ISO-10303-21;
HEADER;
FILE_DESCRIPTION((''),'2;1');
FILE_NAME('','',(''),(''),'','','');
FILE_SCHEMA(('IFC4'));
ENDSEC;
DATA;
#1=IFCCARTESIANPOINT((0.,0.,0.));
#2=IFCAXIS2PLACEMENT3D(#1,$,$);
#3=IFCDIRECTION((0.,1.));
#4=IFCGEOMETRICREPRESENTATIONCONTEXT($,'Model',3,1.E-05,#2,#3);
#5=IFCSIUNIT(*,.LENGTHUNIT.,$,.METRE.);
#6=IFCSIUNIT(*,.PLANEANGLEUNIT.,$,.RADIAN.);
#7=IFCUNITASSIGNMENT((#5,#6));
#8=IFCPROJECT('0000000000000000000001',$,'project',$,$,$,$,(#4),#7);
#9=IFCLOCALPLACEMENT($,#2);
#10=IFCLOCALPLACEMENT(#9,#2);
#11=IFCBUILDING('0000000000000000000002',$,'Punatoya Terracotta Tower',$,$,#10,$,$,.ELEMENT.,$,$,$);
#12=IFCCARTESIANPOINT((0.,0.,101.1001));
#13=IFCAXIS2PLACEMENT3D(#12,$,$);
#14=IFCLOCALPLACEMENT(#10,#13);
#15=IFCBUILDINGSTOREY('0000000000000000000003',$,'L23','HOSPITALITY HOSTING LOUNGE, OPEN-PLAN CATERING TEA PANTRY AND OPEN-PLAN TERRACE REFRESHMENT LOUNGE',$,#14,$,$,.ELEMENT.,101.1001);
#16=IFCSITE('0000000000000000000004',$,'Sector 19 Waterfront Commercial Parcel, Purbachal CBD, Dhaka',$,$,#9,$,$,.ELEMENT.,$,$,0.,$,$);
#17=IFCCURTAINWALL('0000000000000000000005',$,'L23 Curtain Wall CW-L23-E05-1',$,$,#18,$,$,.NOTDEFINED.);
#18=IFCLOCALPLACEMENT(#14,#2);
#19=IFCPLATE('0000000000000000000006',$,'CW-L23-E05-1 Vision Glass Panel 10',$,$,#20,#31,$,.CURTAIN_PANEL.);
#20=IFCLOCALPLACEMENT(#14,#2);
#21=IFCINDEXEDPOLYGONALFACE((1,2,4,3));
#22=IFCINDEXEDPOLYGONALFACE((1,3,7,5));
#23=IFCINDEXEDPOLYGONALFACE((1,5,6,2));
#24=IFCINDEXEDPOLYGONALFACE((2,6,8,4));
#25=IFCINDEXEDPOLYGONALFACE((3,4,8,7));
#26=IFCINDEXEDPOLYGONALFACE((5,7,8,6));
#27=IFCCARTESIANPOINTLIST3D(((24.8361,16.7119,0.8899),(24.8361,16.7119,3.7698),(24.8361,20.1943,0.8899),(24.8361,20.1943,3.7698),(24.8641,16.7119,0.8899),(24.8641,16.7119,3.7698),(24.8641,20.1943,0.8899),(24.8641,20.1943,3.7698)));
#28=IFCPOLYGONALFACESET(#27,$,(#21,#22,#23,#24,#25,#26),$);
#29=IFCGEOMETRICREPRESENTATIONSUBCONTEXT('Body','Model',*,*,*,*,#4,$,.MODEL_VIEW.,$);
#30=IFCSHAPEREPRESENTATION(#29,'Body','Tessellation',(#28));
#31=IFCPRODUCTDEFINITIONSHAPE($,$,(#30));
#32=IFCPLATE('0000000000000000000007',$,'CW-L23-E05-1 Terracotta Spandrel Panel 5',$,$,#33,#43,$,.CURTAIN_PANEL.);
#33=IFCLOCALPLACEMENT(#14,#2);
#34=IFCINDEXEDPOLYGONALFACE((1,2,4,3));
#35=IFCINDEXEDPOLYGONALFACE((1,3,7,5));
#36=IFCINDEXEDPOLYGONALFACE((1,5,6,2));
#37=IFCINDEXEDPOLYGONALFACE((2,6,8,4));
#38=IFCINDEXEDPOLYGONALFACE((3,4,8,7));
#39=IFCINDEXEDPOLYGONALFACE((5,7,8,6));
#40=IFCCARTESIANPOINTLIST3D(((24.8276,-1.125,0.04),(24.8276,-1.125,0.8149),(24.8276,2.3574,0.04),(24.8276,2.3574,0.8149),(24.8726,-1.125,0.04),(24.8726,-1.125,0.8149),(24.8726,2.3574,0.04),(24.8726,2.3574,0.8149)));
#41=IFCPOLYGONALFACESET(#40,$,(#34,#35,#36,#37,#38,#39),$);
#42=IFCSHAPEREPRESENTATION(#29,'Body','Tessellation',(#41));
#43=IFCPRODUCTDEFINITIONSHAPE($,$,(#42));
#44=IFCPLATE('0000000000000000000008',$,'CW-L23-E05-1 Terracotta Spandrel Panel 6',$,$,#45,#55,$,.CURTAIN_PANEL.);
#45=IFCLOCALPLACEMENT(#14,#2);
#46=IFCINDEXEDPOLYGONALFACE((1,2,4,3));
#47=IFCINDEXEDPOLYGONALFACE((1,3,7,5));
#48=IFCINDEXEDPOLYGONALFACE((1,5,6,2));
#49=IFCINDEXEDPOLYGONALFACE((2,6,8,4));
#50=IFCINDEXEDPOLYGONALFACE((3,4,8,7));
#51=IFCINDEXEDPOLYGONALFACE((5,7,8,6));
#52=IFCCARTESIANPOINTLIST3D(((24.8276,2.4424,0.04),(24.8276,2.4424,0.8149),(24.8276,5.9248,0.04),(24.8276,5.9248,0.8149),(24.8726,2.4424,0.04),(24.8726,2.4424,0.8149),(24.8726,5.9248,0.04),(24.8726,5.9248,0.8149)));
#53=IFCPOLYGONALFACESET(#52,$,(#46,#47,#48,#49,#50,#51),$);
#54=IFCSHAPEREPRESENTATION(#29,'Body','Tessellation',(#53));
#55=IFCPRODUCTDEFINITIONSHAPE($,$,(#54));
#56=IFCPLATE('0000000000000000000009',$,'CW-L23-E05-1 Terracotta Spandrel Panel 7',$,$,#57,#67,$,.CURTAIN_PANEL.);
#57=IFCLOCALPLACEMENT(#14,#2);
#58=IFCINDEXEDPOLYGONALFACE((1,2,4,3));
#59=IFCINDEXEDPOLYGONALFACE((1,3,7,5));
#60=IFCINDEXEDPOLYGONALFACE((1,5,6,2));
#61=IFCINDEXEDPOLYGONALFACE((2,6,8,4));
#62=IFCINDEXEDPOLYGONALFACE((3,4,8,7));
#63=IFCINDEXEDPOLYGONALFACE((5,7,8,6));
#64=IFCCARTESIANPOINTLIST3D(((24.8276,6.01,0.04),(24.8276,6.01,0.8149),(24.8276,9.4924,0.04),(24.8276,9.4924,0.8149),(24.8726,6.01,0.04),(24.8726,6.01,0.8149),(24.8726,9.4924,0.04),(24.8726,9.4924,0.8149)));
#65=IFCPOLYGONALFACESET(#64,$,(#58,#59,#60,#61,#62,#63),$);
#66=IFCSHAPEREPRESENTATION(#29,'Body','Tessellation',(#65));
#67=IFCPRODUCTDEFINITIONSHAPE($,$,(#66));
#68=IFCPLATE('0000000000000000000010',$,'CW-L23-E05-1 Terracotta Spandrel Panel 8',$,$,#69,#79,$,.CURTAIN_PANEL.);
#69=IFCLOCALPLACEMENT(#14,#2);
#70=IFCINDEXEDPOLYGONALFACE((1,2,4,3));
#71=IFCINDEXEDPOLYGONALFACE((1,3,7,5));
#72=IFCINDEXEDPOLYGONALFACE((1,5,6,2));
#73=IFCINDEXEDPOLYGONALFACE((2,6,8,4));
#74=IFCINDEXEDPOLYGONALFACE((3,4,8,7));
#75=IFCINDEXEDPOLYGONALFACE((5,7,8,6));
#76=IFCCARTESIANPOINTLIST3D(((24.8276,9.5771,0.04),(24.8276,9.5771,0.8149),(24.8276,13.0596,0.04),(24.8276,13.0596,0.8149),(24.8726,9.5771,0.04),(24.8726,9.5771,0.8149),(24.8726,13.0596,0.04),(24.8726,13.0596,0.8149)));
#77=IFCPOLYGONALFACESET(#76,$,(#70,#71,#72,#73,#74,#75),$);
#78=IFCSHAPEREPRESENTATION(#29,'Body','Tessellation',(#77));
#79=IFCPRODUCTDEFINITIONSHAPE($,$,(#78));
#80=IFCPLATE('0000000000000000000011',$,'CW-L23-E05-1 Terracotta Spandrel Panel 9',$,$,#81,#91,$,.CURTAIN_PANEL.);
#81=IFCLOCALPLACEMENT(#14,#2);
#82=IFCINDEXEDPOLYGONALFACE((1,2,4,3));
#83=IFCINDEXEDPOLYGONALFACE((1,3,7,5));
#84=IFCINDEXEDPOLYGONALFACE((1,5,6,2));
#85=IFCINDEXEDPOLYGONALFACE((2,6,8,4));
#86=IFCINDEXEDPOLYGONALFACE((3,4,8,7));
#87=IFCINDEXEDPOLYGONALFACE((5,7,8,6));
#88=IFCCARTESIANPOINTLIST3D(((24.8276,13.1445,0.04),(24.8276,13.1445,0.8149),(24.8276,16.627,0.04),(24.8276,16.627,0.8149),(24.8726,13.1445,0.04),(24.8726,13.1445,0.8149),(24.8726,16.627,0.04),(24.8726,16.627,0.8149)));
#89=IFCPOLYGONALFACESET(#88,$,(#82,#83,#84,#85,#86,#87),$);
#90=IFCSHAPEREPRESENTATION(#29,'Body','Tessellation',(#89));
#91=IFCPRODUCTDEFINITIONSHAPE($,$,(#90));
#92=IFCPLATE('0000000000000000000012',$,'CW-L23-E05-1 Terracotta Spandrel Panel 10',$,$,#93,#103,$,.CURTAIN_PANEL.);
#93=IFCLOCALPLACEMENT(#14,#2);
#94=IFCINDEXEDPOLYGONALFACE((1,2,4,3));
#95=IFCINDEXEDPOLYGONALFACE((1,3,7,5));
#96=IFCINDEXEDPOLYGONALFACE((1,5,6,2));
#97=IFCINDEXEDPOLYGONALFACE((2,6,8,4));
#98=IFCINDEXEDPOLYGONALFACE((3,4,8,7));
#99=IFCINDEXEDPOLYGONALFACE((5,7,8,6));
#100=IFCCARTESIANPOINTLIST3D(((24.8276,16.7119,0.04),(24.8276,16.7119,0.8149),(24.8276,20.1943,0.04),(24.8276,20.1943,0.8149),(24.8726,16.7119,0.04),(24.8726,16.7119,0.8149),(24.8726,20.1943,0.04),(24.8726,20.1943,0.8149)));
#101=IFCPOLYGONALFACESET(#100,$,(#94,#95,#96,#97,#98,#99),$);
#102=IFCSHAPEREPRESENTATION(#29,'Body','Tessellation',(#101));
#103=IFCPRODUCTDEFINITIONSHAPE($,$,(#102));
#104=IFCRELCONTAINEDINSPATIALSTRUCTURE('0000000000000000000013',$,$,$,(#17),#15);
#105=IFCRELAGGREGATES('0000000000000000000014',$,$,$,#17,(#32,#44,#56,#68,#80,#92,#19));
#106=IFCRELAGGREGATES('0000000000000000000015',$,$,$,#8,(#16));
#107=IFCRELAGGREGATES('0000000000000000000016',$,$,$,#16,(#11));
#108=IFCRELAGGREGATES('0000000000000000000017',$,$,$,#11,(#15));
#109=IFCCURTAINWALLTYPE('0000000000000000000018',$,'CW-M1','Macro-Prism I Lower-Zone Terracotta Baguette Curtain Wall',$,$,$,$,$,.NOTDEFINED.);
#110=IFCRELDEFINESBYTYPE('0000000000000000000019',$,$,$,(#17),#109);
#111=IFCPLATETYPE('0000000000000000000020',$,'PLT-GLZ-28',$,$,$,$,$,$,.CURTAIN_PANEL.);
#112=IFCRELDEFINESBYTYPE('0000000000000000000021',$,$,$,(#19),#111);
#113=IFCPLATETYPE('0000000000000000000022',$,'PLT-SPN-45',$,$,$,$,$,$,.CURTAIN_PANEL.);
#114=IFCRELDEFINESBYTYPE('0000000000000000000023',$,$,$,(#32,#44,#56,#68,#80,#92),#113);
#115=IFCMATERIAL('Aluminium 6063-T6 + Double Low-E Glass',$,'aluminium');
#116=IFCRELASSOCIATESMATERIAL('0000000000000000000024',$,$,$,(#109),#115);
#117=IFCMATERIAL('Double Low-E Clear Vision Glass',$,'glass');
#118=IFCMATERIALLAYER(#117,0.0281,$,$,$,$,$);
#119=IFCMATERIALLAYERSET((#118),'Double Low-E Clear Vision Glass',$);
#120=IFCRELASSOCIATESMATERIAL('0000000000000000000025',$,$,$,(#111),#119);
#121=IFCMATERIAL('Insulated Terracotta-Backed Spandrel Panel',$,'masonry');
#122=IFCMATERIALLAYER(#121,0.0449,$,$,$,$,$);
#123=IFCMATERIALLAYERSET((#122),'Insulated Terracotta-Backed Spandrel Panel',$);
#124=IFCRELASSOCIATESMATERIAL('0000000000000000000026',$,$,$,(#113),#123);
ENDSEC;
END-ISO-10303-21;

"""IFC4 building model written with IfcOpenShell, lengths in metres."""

from ifc_helpers import new_model, si_unit, direction, frame, origin, origin_2d, place, context, subcontext, project, spatial, rectangle, extrude, material, layer, layer_set, type_object, element, aggregate, save


model = new_model("IFC4")

# Units and contexts
model_context = context("Model", 3, precision=1e-05, world=origin(), true_north=direction((0.0, 1.0)))
body_context = subcontext(model_context, "Body", "Model", "MODEL_VIEW")
ifc_project = project(units=[si_unit("LENGTHUNIT", "METRE"), si_unit("PLANEANGLEUNIT", "RADIAN")], contexts=[model_context])

# Site, building, storey
site_placement = place(None, origin())
site = spatial("IfcSite", under=ifc_project, at=site_placement, Name="Sector 19 Waterfront Commercial Parcel, Purbachal CBD, Dhaka", CompositionType="ELEMENT", RefElevation=0.0)
building_placement = place(site_placement, origin())
building = spatial("IfcBuilding", under=site, at=building_placement, Name="Punatoya Terracotta Tower", CompositionType="ELEMENT")
storey_placement = place(building_placement, frame((0.0, 0.0, 101.1001)))
storey = spatial("IfcBuildingStorey", under=building, at=storey_placement, Name="L23", Description="HOSPITALITY HOSTING LOUNGE, OPEN-PLAN CATERING TEA PANTRY AND OPEN-PLAN TERRACE REFRESHMENT LOUNGE", CompositionType="ELEMENT", Elevation=101.1001)

# Curtain wall
ifc_material_1 = material(Name="Aluminium 6063-T6 + Double Low-E Glass", Category="aluminium")
curtain_wall_type = type_object("IfcCurtainWallType", Name="CW-M1", Description="Macro-Prism I Lower-Zone Terracotta Baguette Curtain Wall", PredefinedType="NOTDEFINED", material=ifc_material_1)
curtain_wall_1_placement = place(storey_placement, origin())
curtain_wall_1 = element("IfcCurtainWall", 1, at=curtain_wall_1_placement, inside=storey, type_object=curtain_wall_type, Name="L23 Curtain Wall CW-L23-E05-1", PredefinedType="NOTDEFINED")

# Plates
ifc_material_2 = material(Name="Double Low-E Clear Vision Glass", Category="glass")
ifc_layer_1 = layer(ifc_material_2, 0.0281)
ifc_layer_set_1 = layer_set([ifc_layer_1], Name="Double Low-E Clear Vision Glass")
plate_type_1 = type_object("IfcPlateType", Name="PLT-GLZ-28", PredefinedType="CURTAIN_PANEL", material=ifc_layer_set_1)
plate_1_placement = place(storey_placement, frame((24.8501, 18.4531, 0.8899), z_axis=(0.0, 0.0, 1.0), x_axis=(0.0, 1.0, 0.0)))
plate_1 = element("IfcPlate", 2, at=plate_1_placement, type_object=plate_type_1, Name="CW-L23-E05-1 Vision Glass Panel 10", PredefinedType="CURTAIN_PANEL", context=body_context, shape_type="SweptSolid", body=[
    extrude(rectangle(XDim=3.4824, YDim=0.0281, at=origin_2d()), origin(), (0.0, 0.0, 1.0), 2.8799),
])
ifc_material_3 = material(Name="Insulated Terracotta-Backed Spandrel Panel", Category="masonry")
ifc_layer_2 = layer(ifc_material_3, 0.0449)
ifc_layer_set_2 = layer_set([ifc_layer_2], Name="Insulated Terracotta-Backed Spandrel Panel")
plate_type_2 = type_object("IfcPlateType", Name="PLT-SPN-45", PredefinedType="CURTAIN_PANEL", material=ifc_layer_set_2)
plate_2_placement = place(storey_placement, frame((24.8501, 0.6162, 0.04), z_axis=(0.0, 0.0, 1.0), x_axis=(0.0, 1.0, 0.0)))
plate_2 = element("IfcPlate", 3, at=plate_2_placement, type_object=plate_type_2, Name="CW-L23-E05-1 Terracotta Spandrel Panel 5", PredefinedType="CURTAIN_PANEL", context=body_context, shape_type="SweptSolid", body=[
    extrude(rectangle(XDim=3.4824, YDim=0.0449, at=origin_2d()), origin(), (0.0, 0.0, 1.0), 0.7749),
])
plate_3_placement = place(storey_placement, frame((24.8501, 4.1836, 0.04), z_axis=(0.0, 0.0, 1.0), x_axis=(0.0, 1.0, 0.0)))
plate_3 = element("IfcPlate", 4, at=plate_3_placement, type_object=plate_type_2, Name="CW-L23-E05-1 Terracotta Spandrel Panel 6", PredefinedType="CURTAIN_PANEL", context=body_context, shape_type="SweptSolid", body=[
    extrude(rectangle(XDim=3.4824, YDim=0.0449, at=origin_2d()), origin(), (0.0, 0.0, 1.0), 0.7749),
])
plate_4_placement = place(storey_placement, frame((24.8501, 7.7512, 0.04), z_axis=(0.0, 0.0, 1.0), x_axis=(0.0, 1.0, 0.0)))
plate_4 = element("IfcPlate", 5, at=plate_4_placement, type_object=plate_type_2, Name="CW-L23-E05-1 Terracotta Spandrel Panel 7", PredefinedType="CURTAIN_PANEL", context=body_context, shape_type="SweptSolid", body=[
    extrude(rectangle(XDim=3.4824, YDim=0.0449, at=origin_2d()), origin(), (0.0, 0.0, 1.0), 0.7749),
])
plate_5_placement = place(storey_placement, frame((24.8501, 11.3184, 0.04), z_axis=(0.0, 0.0, 1.0), x_axis=(0.0, 1.0, 0.0)))
plate_5 = element("IfcPlate", 6, at=plate_5_placement, type_object=plate_type_2, Name="CW-L23-E05-1 Terracotta Spandrel Panel 8", PredefinedType="CURTAIN_PANEL", context=body_context, shape_type="SweptSolid", body=[
    extrude(rectangle(XDim=3.4824, YDim=0.0449, at=origin_2d()), origin(), (0.0, 0.0, 1.0), 0.7749),
])
plate_6_placement = place(storey_placement, frame((24.8501, 14.8857, 0.04), z_axis=(0.0, 0.0, 1.0), x_axis=(0.0, 1.0, 0.0)))
plate_6 = element("IfcPlate", 7, at=plate_6_placement, type_object=plate_type_2, Name="CW-L23-E05-1 Terracotta Spandrel Panel 9", PredefinedType="CURTAIN_PANEL", context=body_context, shape_type="SweptSolid", body=[
    extrude(rectangle(XDim=3.4824, YDim=0.0449, at=origin_2d()), origin(), (0.0, 0.0, 1.0), 0.7749),
])
plate_7_placement = place(storey_placement, frame((24.8501, 18.4531, 0.04), z_axis=(0.0, 0.0, 1.0), x_axis=(0.0, 1.0, 0.0)))
plate_7 = element("IfcPlate", 8, at=plate_7_placement, type_object=plate_type_2, Name="CW-L23-E05-1 Terracotta Spandrel Panel 10", PredefinedType="CURTAIN_PANEL", context=body_context, shape_type="SweptSolid", body=[
    extrude(rectangle(XDim=3.4824, YDim=0.0449, at=origin_2d()), origin(), (0.0, 0.0, 1.0), 0.7749),
])
aggregate(curtain_wall_1, [plate_2, plate_3, plate_4, plate_5, plate_6, plate_7, plate_1])

save(model, "model.ifc")
